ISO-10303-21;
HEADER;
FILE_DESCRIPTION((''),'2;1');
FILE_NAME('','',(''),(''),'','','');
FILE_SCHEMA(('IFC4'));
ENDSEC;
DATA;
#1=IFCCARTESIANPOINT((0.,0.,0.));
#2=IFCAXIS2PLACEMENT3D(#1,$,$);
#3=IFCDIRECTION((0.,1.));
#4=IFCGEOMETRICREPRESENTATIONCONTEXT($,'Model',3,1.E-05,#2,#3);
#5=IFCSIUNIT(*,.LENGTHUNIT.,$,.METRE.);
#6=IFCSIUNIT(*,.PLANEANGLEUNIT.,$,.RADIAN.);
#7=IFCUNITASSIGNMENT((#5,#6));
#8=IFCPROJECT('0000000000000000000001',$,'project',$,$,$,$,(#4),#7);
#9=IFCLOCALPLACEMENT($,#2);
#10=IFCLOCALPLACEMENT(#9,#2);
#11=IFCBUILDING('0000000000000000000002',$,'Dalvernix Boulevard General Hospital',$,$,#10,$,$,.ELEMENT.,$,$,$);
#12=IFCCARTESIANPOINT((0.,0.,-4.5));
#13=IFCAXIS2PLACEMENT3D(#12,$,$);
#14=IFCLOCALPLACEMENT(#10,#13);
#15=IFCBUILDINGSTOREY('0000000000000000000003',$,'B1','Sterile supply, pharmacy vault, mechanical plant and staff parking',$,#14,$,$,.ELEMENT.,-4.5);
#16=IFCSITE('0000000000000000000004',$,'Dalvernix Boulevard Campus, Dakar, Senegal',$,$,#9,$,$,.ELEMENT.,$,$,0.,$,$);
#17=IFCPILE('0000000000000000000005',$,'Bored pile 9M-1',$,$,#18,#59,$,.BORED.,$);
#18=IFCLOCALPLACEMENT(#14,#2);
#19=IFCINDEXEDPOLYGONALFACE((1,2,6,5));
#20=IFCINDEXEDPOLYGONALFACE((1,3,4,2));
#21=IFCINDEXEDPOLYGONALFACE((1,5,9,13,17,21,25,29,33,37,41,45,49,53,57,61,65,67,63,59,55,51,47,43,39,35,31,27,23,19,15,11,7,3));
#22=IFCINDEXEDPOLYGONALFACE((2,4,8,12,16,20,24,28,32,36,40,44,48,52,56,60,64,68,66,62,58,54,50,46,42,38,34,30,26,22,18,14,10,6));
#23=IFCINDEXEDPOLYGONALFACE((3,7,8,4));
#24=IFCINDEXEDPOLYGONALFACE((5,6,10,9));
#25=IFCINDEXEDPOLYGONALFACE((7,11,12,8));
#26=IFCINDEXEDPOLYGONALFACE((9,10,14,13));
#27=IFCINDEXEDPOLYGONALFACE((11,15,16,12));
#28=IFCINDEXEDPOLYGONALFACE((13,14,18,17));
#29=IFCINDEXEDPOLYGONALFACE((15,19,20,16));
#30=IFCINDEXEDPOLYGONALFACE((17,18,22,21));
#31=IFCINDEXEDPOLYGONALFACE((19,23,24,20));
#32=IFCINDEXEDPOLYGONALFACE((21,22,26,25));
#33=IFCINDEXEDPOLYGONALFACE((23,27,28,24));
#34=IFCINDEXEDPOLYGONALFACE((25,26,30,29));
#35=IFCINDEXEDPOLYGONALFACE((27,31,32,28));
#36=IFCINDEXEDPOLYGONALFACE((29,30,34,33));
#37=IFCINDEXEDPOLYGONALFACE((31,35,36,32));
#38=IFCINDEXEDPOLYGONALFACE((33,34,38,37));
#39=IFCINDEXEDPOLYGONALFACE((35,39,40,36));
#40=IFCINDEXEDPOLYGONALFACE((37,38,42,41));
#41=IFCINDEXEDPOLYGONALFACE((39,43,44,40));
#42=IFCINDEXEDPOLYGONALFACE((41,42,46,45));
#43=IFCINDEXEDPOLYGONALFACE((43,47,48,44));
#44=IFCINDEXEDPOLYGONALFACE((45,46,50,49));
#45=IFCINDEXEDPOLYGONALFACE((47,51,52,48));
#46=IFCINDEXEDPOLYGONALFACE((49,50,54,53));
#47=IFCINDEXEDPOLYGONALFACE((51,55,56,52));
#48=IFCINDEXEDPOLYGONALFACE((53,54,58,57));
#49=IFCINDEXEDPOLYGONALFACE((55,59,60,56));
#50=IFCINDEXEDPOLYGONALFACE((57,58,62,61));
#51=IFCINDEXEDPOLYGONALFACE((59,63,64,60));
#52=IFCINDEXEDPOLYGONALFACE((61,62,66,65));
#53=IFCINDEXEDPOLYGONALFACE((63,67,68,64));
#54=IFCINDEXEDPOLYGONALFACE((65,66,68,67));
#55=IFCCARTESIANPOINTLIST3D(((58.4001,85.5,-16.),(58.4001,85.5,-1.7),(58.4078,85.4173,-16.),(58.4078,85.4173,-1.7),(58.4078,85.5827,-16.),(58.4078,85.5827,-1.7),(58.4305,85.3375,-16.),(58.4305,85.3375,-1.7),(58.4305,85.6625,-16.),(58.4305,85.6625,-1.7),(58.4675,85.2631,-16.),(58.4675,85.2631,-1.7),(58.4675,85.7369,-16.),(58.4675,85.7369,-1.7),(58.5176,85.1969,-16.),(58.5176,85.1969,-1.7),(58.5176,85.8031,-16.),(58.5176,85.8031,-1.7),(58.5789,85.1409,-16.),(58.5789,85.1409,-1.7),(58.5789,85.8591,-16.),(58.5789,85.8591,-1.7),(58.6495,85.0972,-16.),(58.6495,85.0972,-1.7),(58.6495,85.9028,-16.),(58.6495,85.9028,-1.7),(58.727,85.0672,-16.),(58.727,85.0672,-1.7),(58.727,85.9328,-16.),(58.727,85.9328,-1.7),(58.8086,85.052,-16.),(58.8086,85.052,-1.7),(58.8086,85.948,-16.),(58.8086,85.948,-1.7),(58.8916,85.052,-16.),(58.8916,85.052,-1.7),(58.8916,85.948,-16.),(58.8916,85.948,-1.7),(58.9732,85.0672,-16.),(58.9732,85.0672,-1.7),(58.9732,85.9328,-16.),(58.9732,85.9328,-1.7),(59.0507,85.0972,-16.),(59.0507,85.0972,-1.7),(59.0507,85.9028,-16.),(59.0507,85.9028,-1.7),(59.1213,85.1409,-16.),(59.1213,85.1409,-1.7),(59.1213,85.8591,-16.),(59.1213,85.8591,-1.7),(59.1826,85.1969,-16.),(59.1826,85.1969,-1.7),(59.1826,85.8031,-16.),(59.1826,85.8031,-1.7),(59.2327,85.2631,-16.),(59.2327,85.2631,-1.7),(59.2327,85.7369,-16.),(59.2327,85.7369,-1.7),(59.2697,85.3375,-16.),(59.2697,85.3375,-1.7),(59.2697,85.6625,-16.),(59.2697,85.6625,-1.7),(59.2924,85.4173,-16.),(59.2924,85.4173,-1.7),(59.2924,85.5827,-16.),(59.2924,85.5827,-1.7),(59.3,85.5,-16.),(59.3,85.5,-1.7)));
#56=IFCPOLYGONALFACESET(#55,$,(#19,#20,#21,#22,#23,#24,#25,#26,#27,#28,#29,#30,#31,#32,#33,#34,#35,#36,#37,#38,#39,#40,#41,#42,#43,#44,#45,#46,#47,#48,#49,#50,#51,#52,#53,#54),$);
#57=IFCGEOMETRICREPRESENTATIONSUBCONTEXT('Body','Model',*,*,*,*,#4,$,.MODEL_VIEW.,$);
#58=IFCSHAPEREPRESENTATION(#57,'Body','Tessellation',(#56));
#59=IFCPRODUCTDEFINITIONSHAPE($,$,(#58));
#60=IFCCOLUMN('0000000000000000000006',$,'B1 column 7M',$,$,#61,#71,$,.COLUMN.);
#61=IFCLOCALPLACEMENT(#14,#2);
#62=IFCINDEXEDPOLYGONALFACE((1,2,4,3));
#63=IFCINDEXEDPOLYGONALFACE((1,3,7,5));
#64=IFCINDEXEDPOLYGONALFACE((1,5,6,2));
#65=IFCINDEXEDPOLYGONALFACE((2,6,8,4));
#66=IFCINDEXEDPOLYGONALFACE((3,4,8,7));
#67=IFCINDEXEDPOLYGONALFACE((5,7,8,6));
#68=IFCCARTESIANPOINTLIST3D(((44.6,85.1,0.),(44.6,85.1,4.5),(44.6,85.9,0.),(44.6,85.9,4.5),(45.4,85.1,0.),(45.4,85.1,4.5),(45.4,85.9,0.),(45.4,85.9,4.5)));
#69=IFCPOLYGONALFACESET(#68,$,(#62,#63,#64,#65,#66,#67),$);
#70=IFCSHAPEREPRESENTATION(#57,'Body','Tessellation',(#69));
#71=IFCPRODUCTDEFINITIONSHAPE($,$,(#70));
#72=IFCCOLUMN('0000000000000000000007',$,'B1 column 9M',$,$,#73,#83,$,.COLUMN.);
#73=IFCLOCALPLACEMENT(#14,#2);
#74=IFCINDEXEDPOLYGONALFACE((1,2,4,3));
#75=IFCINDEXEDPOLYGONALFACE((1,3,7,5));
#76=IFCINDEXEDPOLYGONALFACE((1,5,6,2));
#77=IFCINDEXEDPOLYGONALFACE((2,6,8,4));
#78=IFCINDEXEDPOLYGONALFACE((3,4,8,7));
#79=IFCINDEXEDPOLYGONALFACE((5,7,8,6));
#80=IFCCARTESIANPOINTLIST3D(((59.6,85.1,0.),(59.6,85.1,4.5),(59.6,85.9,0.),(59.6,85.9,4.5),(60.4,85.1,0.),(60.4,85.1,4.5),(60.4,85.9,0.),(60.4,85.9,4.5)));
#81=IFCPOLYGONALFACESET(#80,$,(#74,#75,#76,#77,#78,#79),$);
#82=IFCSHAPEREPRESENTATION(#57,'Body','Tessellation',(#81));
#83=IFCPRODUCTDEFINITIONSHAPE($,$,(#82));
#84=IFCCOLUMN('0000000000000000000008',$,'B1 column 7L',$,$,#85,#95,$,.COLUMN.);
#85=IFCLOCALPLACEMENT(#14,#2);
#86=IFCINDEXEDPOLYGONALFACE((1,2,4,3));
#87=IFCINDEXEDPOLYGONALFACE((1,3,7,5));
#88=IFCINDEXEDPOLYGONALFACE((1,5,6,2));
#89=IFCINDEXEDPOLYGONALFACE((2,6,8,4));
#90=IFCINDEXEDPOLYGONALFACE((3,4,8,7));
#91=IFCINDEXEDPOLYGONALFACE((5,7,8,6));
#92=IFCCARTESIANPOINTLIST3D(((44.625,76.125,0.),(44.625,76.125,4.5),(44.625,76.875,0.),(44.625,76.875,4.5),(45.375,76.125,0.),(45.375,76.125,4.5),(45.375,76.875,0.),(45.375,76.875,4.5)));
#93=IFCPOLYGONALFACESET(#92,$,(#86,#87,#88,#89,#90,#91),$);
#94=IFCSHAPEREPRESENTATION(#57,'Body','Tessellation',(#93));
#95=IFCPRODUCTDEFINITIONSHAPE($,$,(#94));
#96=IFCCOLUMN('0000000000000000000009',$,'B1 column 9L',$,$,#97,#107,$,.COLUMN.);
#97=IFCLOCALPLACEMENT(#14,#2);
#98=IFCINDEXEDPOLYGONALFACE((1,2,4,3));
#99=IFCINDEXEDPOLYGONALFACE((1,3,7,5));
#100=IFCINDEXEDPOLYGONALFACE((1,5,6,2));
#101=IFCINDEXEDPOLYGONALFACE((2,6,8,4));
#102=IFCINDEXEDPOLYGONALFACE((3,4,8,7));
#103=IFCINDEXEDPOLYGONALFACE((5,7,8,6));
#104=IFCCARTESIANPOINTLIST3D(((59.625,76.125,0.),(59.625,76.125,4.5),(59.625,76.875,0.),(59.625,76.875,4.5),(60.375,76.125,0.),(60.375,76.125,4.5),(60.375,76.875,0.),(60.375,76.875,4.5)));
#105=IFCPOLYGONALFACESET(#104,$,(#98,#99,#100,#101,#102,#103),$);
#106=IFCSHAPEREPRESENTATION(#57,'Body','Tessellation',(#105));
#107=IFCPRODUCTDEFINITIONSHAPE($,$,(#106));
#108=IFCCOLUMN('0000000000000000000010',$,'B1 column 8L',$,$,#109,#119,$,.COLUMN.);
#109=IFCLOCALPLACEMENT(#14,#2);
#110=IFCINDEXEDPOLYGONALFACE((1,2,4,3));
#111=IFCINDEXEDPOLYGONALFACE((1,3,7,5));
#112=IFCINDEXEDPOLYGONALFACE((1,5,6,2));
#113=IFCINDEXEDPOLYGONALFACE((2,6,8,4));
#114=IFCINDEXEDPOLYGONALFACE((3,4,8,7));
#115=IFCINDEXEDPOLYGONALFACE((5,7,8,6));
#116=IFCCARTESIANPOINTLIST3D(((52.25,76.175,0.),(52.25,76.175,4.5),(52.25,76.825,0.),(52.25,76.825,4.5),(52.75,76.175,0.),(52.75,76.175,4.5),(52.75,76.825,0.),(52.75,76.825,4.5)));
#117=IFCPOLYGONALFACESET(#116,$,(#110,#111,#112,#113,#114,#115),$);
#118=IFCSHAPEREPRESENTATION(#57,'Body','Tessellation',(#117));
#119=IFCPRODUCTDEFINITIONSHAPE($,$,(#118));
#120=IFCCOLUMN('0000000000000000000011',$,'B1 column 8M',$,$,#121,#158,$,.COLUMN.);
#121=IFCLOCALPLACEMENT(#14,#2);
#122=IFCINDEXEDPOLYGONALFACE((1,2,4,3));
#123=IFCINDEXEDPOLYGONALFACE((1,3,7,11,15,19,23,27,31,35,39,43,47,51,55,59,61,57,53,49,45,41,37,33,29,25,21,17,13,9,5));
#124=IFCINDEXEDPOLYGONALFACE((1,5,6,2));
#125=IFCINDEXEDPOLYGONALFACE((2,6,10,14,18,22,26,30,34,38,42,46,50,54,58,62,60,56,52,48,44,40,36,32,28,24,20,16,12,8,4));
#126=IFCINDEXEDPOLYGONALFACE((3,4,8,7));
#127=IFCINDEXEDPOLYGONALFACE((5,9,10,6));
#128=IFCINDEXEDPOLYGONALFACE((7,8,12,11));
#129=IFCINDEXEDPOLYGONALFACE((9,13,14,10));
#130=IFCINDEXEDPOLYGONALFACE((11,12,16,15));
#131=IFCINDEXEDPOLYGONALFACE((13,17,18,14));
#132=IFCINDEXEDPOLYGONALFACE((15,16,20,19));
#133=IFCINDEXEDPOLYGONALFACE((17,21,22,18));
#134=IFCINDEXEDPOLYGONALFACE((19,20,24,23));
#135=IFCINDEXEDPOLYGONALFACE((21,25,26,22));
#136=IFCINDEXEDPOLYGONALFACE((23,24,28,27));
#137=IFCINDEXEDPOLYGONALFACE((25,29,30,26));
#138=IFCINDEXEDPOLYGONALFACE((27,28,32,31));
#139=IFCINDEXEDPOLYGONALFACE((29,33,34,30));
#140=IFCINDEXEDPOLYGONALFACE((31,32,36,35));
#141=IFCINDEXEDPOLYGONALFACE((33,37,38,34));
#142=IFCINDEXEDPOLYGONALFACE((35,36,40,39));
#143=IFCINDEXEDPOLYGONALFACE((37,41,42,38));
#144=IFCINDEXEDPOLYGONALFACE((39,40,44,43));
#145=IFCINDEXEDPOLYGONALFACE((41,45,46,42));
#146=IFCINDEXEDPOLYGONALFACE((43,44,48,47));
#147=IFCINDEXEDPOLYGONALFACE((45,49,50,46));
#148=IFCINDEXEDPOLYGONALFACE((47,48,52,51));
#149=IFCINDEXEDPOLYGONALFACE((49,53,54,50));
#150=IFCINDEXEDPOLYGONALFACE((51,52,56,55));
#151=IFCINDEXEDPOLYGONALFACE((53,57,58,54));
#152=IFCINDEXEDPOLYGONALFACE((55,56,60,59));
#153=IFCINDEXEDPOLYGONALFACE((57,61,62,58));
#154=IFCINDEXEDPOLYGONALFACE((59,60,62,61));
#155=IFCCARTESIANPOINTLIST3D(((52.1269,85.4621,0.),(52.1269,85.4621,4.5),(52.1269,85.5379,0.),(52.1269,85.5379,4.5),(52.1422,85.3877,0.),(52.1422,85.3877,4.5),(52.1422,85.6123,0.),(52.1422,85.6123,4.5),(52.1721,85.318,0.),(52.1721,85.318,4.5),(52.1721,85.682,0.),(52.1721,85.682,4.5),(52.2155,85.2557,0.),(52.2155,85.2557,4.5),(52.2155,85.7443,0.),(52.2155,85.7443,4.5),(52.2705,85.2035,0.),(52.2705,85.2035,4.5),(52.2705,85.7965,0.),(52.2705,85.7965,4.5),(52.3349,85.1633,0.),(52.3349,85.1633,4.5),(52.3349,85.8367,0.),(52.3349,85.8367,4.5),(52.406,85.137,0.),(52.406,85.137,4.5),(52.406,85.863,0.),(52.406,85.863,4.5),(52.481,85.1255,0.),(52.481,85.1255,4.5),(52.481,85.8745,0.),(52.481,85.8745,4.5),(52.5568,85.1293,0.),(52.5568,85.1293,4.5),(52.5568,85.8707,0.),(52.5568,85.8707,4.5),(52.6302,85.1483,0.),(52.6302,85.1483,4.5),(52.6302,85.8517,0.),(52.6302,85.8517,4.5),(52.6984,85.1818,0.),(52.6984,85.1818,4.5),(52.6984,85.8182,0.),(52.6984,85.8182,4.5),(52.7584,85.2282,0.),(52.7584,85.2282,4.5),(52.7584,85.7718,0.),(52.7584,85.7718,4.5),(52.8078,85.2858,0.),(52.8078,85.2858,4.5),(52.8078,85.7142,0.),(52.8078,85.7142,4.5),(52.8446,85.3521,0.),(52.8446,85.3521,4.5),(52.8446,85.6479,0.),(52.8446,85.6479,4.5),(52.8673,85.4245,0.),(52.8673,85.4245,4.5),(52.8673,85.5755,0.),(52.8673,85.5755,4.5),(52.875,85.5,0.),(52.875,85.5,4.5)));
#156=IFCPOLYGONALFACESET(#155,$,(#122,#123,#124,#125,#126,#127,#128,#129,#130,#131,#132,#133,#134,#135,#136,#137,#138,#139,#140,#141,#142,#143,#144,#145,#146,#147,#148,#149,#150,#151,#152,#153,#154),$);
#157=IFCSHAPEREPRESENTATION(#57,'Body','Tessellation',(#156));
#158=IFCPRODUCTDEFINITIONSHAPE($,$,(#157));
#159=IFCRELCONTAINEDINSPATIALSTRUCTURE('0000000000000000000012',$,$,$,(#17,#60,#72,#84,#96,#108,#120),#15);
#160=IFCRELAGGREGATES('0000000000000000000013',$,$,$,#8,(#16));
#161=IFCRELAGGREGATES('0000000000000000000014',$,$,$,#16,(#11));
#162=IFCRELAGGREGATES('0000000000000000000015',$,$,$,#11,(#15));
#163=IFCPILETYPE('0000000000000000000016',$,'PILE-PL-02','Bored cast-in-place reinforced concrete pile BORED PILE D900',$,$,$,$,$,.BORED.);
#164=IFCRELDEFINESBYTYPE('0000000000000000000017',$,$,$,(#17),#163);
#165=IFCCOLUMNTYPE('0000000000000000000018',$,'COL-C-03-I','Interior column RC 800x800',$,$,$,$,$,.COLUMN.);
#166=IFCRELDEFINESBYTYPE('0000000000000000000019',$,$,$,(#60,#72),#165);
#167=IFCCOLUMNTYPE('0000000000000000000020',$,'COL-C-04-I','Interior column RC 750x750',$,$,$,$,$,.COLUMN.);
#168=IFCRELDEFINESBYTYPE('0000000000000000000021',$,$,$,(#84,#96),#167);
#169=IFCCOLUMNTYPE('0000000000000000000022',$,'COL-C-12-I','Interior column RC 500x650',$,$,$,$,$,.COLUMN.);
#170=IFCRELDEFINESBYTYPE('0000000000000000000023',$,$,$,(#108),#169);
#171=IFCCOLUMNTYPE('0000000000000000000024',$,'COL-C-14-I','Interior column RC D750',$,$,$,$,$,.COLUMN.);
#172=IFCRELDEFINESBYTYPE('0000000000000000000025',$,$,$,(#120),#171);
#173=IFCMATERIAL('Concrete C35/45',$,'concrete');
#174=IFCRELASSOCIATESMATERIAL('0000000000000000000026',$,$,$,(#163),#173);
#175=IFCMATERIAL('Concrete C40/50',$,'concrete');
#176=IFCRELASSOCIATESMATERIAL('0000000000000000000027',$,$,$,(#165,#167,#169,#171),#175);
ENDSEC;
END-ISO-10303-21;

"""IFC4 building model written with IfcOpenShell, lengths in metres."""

from ifc_helpers import new_model, si_unit, direction, frame, origin, origin_2d, place, context, subcontext, project, spatial, rectangle, circle, extrude, material, material_profile, profile_set, type_object, element, save


model = new_model("IFC4")

# Units and contexts
model_context = context("Model", 3, precision=1e-05, world=origin(), true_north=direction((0.0, 1.0)))
body_context = subcontext(model_context, "Body", "Model", "MODEL_VIEW")
ifc_project = project(units=[si_unit("LENGTHUNIT", "METRE"), si_unit("PLANEANGLEUNIT", "RADIAN")], contexts=[model_context])

# Site, building, storey
site_placement = place(None, origin())
site = spatial("IfcSite", under=ifc_project, at=site_placement, Name="Dalvernix Boulevard Campus, Dakar, Senegal", CompositionType="ELEMENT", RefElevation=0.0)
building_placement = place(site_placement, origin())
building = spatial("IfcBuilding", under=site, at=building_placement, Name="Dalvernix Boulevard General Hospital", CompositionType="ELEMENT")
storey_placement = place(building_placement, frame((0.0, 0.0, -4.5)))
storey = spatial("IfcBuildingStorey", under=building, at=storey_placement, Name="B1", Description="Sterile supply, pharmacy vault, mechanical plant and staff parking", CompositionType="ELEMENT", Elevation=-4.5)

# Shared definitions
ifc_material_1 = material(Name="Concrete C35/45", Category="concrete")
ifc_material_2 = material(Name="Concrete C40/50", Category="concrete")

# Pile
ifc_material_profile_1 = material_profile(ifc_material_1, circle(Radius=0.45, at=origin_2d()), Name="BORED PILE D900")
ifc_profile_set_1 = profile_set([ifc_material_profile_1], Name="Concrete C35/45")
pile_type = type_object("IfcPileType", Name="PILE-PL-02", Description="Bored cast-in-place reinforced concrete pile BORED PILE D900", PredefinedType="BORED", material=ifc_profile_set_1)
for number, where, z_axis, x_axis, name in (
    (1, (58.8501, 85.5, -1.7), (0.0, 0.0, -1.0), (1.0, 0.0, 0.0), "Bored pile 9M-1"),
):
    element("IfcPile", number, at=place(storey_placement, frame(where, z_axis=z_axis, x_axis=x_axis)), inside=storey, type_object=pile_type, Name=name, PredefinedType="BORED", context=body_context, shape_type="SweptSolid", body=[
        extrude(circle(Radius=0.45, at=origin_2d()), origin(), (0.0, 0.0, 1.0), 14.3),
    ])

# Columns
ifc_material_profile_2 = material_profile(ifc_material_2, rectangle(XDim=0.8, YDim=0.8, at=origin_2d()), Name="RC 800x800")
ifc_profile_set_2 = profile_set([ifc_material_profile_2], Name="Concrete C40/50")
column_type_1 = type_object("IfcColumnType", Name="COL-C-03-I", Description="Interior column RC 800x800", PredefinedType="COLUMN", material=ifc_profile_set_2)
for number, where, z_axis, x_axis, name in (
    (2, (45.0, 85.5, 0.0), (0.0, 0.0, 1.0), (1.0, 0.0, 0.0), "B1 column 7M"),
    (3, (60.0, 85.5, 0.0), (0.0, 0.0, 1.0), (1.0, 0.0, 0.0), "B1 column 9M"),
):
    element("IfcColumn", number, at=place(storey_placement, frame(where, z_axis=z_axis, x_axis=x_axis)), inside=storey, type_object=column_type_1, Name=name, PredefinedType="COLUMN", context=body_context, shape_type="SweptSolid", body=[
        extrude(rectangle(XDim=0.8, YDim=0.8, at=origin_2d()), origin(), (0.0, 0.0, 1.0), 4.5),
    ])
ifc_material_profile_3 = material_profile(ifc_material_2, rectangle(XDim=0.75, YDim=0.75, at=origin_2d()), Name="RC 750x750")
ifc_profile_set_3 = profile_set([ifc_material_profile_3], Name="Concrete C40/50")
column_type_2 = type_object("IfcColumnType", Name="COL-C-04-I", Description="Interior column RC 750x750", PredefinedType="COLUMN", material=ifc_profile_set_3)
for number, where, z_axis, x_axis, name in (
    (4, (45.0, 76.5, 0.0), (0.0, 0.0, 1.0), (1.0, 0.0, 0.0), "B1 column 7L"),
    (5, (60.0, 76.5, 0.0), (0.0, 0.0, 1.0), (1.0, 0.0, 0.0), "B1 column 9L"),
):
    element("IfcColumn", number, at=place(storey_placement, frame(where, z_axis=z_axis, x_axis=x_axis)), inside=storey, type_object=column_type_2, Name=name, PredefinedType="COLUMN", context=body_context, shape_type="SweptSolid", body=[
        extrude(rectangle(XDim=0.75, YDim=0.75, at=origin_2d()), origin(), (0.0, 0.0, 1.0), 4.5),
    ])
ifc_material_profile_4 = material_profile(ifc_material_2, rectangle(XDim=0.5, YDim=0.6499, at=origin_2d()), Name="RC 500x650")
ifc_profile_set_4 = profile_set([ifc_material_profile_4], Name="Concrete C40/50")
column_type_3 = type_object("IfcColumnType", Name="COL-C-12-I", Description="Interior column RC 500x650", PredefinedType="COLUMN", material=ifc_profile_set_4)
column_1_placement = place(storey_placement, frame((52.5, 76.5, 0.0), z_axis=(0.0, 0.0, 1.0), x_axis=(1.0, 0.0, 0.0)))
element("IfcColumn", 6, at=column_1_placement, inside=storey, type_object=column_type_3, Name="B1 column 8L", PredefinedType="COLUMN", context=body_context, shape_type="SweptSolid", body=[
    extrude(rectangle(XDim=0.5, YDim=0.6499, at=origin_2d()), origin(), (0.0, 0.0, 1.0), 4.5),
])
ifc_material_profile_5 = material_profile(ifc_material_2, circle(Radius=0.375, at=origin_2d()), Name="RC D750")
ifc_profile_set_5 = profile_set([ifc_material_profile_5], Name="Concrete C40/50")
column_type_4 = type_object("IfcColumnType", Name="COL-C-14-I", Description="Interior column RC D750", PredefinedType="COLUMN", material=ifc_profile_set_5)
column_2_placement = place(storey_placement, frame((52.5, 85.5, 0.0), z_axis=(0.0, 0.0, 1.0), x_axis=(1.0, 0.0, 0.0)))
element("IfcColumn", 7, at=column_2_placement, inside=storey, type_object=column_type_4, Name="B1 column 8M", PredefinedType="COLUMN", context=body_context, shape_type="SweptSolid", body=[
    extrude(circle(Radius=0.375, at=origin_2d()), origin(), (0.0, 0.0, 1.0), 4.5),
])

save(model, "model.ifc")
